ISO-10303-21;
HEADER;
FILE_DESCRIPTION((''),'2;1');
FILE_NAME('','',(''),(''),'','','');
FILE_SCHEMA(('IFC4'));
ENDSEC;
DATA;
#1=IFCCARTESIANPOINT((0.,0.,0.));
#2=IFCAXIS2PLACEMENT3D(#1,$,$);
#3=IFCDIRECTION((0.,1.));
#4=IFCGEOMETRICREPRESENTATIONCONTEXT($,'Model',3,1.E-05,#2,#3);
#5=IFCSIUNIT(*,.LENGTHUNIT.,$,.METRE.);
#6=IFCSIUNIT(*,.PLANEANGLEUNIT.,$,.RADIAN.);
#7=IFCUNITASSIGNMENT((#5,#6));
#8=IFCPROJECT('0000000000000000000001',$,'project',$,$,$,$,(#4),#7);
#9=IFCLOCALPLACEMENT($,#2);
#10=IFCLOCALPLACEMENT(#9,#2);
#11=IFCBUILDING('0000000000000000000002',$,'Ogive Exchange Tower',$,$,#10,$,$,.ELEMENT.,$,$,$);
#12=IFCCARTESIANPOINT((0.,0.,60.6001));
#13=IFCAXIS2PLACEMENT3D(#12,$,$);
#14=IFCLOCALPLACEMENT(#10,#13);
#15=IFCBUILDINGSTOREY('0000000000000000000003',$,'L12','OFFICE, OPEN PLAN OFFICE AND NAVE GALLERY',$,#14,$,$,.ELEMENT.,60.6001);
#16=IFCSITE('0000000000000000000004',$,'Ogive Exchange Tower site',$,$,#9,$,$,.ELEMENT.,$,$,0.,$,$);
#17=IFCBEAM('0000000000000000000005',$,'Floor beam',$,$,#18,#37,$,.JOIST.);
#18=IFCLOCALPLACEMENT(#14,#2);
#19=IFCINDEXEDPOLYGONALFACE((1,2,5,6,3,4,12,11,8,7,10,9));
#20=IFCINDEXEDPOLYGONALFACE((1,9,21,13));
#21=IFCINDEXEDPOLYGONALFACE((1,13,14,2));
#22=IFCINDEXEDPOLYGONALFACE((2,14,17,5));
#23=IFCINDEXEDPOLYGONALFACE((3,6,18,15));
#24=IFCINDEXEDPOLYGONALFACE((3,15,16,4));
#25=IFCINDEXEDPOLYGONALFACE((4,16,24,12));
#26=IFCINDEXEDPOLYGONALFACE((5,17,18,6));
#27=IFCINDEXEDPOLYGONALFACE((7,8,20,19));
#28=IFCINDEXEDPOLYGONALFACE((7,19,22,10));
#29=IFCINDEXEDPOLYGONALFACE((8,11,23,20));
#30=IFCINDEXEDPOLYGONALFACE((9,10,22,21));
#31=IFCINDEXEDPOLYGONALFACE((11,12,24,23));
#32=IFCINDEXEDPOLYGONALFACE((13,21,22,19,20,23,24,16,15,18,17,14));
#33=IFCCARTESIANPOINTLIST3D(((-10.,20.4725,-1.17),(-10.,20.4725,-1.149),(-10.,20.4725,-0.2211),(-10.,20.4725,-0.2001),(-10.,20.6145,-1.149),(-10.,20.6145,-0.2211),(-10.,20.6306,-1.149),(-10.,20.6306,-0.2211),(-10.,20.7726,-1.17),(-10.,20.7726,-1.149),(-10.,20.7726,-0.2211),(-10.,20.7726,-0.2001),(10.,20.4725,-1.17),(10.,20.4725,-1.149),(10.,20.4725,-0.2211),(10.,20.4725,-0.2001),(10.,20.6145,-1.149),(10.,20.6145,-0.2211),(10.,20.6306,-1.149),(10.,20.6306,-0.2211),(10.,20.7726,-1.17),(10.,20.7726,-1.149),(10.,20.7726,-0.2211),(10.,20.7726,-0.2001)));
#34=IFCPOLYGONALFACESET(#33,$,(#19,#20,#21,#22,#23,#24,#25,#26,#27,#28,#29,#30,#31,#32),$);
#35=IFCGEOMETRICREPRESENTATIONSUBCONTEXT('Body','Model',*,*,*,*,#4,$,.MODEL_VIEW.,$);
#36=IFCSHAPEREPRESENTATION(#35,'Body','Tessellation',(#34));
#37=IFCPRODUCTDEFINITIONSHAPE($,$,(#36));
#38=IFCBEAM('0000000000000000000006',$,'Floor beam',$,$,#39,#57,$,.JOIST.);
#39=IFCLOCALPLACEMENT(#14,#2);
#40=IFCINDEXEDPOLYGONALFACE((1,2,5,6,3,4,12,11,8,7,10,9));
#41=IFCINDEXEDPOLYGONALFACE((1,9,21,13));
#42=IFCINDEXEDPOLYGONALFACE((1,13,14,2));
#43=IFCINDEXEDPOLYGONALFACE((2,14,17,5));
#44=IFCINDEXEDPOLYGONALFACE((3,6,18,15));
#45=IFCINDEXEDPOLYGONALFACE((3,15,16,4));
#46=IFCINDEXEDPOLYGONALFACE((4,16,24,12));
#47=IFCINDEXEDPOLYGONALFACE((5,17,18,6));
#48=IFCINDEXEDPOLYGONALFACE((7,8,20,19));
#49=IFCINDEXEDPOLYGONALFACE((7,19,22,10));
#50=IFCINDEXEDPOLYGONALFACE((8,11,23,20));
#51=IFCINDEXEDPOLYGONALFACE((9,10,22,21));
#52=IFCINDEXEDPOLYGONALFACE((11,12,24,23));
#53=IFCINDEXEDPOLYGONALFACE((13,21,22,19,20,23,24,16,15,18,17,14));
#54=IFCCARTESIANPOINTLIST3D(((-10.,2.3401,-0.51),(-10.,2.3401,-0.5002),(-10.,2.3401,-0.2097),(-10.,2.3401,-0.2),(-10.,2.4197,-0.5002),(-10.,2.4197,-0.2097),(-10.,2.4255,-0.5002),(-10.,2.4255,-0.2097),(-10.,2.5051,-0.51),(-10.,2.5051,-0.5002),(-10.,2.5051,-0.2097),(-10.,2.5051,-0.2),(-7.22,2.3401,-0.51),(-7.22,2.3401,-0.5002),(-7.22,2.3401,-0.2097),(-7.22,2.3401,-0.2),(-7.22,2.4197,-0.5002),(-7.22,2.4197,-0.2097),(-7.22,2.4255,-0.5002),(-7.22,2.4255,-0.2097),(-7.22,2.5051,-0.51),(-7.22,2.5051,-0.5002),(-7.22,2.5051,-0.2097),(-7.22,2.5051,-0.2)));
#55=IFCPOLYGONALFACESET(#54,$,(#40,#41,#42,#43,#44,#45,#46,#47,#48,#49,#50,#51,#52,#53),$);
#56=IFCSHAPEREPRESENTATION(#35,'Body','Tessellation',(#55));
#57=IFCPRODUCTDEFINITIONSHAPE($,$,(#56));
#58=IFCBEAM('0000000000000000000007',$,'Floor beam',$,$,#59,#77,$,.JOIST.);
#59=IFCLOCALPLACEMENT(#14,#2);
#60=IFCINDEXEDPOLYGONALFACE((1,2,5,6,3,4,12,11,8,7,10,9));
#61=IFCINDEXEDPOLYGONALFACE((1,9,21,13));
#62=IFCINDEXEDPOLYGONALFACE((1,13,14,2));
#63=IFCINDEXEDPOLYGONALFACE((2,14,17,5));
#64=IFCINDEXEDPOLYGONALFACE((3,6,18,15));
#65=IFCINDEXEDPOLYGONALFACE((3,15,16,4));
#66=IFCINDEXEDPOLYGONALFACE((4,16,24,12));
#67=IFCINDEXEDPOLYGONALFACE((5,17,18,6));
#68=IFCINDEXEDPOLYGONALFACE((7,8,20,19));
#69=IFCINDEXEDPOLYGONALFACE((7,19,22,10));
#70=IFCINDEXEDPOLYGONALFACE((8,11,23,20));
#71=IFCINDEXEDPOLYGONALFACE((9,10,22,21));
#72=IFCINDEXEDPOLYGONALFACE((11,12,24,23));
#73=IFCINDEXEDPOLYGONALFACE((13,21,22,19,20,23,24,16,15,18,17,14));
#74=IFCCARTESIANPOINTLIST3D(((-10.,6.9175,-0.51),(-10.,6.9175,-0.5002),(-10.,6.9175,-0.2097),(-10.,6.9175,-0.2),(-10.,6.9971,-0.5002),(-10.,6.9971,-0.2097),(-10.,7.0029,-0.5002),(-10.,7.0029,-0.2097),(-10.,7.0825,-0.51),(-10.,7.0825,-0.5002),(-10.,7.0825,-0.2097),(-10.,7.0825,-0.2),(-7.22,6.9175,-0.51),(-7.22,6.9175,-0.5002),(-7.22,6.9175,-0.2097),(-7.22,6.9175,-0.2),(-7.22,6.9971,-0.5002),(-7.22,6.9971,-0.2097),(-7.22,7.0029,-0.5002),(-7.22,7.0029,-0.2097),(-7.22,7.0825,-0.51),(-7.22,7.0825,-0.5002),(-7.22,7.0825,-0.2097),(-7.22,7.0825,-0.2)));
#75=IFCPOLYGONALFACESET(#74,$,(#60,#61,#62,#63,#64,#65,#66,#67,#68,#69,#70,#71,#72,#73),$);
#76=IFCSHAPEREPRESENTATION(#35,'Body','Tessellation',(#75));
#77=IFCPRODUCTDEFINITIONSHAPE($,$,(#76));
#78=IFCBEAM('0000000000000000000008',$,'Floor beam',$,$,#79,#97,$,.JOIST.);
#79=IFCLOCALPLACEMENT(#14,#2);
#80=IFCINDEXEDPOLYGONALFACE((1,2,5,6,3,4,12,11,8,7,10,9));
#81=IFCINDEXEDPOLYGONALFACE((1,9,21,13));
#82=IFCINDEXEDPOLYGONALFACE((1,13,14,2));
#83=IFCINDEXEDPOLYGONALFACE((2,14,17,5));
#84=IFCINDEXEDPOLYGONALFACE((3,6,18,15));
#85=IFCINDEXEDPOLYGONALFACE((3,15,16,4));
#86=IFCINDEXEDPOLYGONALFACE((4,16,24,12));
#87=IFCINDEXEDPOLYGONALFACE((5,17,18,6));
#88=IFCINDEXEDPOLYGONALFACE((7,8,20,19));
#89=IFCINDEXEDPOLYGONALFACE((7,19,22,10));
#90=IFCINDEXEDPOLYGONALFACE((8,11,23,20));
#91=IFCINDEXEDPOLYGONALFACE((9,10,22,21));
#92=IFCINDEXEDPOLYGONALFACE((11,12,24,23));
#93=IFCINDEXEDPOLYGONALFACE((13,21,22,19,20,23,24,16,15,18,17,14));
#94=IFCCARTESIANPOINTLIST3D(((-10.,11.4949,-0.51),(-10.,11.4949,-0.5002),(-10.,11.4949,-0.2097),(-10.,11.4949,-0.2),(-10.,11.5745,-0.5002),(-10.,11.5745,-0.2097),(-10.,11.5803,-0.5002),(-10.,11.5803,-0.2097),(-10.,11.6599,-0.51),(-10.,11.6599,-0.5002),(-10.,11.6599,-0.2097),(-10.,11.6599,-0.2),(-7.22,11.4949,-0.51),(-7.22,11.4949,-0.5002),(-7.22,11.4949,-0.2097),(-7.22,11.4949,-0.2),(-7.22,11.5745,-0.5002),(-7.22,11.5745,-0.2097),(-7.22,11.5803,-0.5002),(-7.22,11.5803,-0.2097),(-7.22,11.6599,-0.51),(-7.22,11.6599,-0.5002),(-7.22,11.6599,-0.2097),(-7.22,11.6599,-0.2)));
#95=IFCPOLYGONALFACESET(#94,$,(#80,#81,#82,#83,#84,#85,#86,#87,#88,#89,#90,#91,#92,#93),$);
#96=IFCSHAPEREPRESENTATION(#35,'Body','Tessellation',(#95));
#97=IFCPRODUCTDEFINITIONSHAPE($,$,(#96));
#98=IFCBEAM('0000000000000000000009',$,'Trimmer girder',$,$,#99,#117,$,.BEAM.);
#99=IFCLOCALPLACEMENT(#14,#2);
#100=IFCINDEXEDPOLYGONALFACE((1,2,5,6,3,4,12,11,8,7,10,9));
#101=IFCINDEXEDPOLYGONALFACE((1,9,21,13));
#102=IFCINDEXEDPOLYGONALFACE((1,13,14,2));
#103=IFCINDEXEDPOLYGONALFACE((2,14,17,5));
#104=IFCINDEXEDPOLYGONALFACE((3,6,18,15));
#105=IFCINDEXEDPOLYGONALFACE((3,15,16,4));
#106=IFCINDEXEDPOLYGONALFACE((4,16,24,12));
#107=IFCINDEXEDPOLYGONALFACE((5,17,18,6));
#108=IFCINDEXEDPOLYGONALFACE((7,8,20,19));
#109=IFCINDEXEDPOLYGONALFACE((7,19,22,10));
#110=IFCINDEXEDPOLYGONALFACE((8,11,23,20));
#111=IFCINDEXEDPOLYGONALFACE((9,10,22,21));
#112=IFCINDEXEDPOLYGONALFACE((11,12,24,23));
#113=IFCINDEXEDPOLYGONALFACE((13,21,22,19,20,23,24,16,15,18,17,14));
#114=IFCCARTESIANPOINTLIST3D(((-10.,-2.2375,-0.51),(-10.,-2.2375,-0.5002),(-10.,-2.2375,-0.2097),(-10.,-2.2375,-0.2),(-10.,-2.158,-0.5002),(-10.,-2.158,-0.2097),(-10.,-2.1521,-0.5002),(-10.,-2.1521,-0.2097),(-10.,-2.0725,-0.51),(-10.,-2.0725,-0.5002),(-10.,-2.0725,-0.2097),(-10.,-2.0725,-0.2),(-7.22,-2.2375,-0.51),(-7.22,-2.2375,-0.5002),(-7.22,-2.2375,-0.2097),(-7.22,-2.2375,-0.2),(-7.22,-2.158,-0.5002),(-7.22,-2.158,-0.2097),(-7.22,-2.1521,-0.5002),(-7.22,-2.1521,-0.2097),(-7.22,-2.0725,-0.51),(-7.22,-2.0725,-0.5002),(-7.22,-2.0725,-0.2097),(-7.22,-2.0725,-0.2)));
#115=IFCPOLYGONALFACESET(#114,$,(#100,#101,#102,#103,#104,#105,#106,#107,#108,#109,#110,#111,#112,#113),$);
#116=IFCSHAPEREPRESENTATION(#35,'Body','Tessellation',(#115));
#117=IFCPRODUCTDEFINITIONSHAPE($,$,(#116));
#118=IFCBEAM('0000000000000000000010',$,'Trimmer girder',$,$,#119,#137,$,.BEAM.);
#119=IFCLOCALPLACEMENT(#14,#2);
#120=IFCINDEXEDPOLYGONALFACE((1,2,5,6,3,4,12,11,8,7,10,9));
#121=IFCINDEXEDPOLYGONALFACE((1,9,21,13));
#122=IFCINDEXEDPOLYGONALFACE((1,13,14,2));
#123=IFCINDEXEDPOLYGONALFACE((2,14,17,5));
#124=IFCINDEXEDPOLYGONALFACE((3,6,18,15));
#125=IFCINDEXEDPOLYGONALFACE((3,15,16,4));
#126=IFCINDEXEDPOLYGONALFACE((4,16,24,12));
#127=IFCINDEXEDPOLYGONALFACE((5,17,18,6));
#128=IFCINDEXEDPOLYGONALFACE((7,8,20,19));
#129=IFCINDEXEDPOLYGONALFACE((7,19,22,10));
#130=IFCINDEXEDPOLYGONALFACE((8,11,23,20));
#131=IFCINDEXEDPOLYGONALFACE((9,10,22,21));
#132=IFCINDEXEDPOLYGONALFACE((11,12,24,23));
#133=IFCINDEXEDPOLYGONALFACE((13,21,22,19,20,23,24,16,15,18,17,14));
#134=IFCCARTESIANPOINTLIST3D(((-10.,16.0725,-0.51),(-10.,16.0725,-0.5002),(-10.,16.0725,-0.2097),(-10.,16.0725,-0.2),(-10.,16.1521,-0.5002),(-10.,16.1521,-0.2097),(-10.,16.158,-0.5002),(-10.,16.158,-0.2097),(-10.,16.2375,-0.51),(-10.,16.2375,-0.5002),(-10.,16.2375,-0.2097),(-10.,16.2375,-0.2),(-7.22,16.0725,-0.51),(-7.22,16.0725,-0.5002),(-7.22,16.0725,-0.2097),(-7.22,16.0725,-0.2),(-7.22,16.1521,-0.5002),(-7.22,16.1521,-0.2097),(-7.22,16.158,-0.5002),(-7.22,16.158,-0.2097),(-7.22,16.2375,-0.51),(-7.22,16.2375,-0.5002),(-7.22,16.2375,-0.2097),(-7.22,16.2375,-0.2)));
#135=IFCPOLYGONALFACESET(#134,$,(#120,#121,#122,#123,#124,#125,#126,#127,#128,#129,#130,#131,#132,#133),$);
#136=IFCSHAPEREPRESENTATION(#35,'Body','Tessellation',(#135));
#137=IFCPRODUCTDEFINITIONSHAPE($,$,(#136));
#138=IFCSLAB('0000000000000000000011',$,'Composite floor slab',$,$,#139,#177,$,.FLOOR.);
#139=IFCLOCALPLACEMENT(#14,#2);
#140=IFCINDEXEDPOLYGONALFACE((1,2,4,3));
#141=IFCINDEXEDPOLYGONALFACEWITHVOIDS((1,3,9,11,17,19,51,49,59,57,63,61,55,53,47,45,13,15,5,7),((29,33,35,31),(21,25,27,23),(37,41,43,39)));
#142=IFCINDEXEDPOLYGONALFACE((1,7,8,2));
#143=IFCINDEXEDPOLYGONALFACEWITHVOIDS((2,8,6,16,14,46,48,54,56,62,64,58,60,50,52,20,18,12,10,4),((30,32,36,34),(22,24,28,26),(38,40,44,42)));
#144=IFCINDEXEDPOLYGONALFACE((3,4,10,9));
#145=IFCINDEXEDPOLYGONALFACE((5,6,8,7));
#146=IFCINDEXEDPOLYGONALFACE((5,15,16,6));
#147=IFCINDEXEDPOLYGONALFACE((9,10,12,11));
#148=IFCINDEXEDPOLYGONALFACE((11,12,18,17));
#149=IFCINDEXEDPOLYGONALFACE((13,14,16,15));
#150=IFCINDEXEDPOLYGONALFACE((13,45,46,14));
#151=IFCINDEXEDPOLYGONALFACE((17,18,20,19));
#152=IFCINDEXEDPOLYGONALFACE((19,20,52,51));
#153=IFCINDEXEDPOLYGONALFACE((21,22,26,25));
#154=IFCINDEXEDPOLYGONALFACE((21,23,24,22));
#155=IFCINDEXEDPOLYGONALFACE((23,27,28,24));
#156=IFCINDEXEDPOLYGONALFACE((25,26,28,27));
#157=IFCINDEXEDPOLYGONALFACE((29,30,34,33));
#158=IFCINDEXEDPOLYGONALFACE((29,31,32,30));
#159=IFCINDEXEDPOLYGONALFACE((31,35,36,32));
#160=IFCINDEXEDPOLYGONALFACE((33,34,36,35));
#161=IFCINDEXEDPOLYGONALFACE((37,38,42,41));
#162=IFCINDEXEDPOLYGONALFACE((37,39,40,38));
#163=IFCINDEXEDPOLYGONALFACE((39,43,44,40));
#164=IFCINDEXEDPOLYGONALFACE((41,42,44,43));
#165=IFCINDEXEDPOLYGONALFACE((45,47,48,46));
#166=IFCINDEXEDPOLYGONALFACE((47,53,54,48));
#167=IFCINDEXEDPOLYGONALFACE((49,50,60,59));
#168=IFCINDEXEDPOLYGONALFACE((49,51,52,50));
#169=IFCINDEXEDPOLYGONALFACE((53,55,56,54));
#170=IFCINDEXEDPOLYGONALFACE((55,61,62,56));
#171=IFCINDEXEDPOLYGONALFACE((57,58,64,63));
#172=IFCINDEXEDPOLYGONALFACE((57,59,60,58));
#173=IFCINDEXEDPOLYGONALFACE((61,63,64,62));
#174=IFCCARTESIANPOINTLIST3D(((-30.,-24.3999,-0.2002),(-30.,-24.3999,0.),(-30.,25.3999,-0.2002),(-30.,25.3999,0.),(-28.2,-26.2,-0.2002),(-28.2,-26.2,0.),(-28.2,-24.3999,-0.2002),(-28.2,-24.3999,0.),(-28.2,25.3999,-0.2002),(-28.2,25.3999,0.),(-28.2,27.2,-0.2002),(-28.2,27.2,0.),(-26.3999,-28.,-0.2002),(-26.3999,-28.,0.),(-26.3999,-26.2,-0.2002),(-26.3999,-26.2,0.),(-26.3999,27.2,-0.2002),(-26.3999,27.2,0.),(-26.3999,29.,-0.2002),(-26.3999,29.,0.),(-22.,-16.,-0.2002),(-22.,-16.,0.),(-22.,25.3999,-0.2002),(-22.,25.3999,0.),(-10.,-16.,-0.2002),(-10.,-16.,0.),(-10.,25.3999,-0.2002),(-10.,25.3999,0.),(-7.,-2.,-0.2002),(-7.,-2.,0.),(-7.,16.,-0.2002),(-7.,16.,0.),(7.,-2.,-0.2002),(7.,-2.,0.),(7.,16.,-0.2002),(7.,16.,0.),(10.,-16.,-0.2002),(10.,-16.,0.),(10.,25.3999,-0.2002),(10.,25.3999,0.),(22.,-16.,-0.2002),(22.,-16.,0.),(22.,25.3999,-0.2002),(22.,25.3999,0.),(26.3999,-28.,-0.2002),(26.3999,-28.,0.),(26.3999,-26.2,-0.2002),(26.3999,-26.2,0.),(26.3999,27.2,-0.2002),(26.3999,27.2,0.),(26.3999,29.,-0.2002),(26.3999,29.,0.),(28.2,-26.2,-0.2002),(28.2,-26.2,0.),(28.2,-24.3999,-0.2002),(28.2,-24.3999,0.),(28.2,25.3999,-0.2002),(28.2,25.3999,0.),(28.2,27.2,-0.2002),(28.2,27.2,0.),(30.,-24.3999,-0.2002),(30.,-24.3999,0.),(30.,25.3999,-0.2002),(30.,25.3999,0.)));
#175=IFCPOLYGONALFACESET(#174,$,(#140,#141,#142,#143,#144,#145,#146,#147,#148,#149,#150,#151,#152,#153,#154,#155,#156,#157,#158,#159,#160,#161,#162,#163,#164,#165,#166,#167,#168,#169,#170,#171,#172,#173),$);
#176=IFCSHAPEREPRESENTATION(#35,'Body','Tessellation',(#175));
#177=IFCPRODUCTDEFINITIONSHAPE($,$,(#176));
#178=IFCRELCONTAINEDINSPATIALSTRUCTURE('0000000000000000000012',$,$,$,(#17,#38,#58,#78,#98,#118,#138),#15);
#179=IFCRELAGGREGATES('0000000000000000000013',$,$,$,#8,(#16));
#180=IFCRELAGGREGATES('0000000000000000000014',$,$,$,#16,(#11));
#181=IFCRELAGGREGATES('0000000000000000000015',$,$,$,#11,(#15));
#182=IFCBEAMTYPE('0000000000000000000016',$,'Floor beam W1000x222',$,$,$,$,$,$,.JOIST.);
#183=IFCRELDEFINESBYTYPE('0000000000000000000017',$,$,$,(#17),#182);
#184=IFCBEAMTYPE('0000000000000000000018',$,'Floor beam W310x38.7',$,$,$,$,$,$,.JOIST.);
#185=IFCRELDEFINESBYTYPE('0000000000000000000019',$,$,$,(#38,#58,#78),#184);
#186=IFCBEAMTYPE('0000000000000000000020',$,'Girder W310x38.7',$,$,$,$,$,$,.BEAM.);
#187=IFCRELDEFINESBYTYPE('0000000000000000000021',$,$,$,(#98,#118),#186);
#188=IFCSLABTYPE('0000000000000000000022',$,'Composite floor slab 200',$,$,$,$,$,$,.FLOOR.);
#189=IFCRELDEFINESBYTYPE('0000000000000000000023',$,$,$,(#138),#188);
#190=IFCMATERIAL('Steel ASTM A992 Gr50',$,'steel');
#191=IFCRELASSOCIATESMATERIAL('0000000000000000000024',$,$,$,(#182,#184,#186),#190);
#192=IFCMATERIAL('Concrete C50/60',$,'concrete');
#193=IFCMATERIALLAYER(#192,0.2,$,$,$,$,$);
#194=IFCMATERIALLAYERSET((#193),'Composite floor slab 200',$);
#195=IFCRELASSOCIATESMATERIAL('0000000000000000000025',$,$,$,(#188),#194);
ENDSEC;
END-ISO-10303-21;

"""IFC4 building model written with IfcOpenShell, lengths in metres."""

from ifc_helpers import new_model, si_unit, direction, frame, origin, origin_2d, place, context, subcontext, project, spatial, polyline, i_section, outline, extrude, material, layer, layer_set, material_profile, profile_set, type_object, element, save


model = new_model("IFC4")

# Units and contexts
model_context = context("Model", 3, precision=1e-05, world=origin(), true_north=direction((0.0, 1.0)))
body_context = subcontext(model_context, "Body", "Model", "MODEL_VIEW")
ifc_project = project(units=[si_unit("LENGTHUNIT", "METRE"), si_unit("PLANEANGLEUNIT", "RADIAN")], contexts=[model_context])

# Site, building, storey
site_placement = place(None, origin())
site = spatial("IfcSite", under=ifc_project, at=site_placement, Name="Ogive Exchange Tower site", CompositionType="ELEMENT", RefElevation=0.0)
building_placement = place(site_placement, origin())
building = spatial("IfcBuilding", under=site, at=building_placement, Name="Ogive Exchange Tower", CompositionType="ELEMENT")
storey_placement = place(building_placement, frame((0.0, 0.0, 60.6001)))
storey = spatial("IfcBuildingStorey", under=building, at=storey_placement, Name="L12", Description="OFFICE, OPEN PLAN OFFICE AND NAVE GALLERY", CompositionType="ELEMENT", Elevation=60.6001)

# Beams
ifc_material_1 = material(Name="Steel ASTM A992 Gr50", Category="steel")
ifc_material_profile_1 = material_profile(ifc_material_1, i_section(OverallWidth=0.3, OverallDepth=0.97, WebThickness=0.0161, FlangeThickness=0.021, at=origin_2d()), Name="W1000x222")
ifc_profile_set_1 = profile_set([ifc_material_profile_1], Name="Steel ASTM A992 Gr50")
beam_type_1 = type_object("IfcBeamType", Name="Floor beam W1000x222", PredefinedType="JOIST", material=ifc_profile_set_1)
beam_placement = place(storey_placement, frame((-10.0, 20.6226, -0.6851), z_axis=(1.0, 0.0, 0.0), x_axis=(0.0, 1.0, 0.0)))
element("IfcBeam", 1, at=beam_placement, inside=storey, type_object=beam_type_1, Name="Floor beam", PredefinedType="JOIST", context=body_context, shape_type="SweptSolid", body=[
    extrude(i_section(OverallWidth=0.3, OverallDepth=0.97, WebThickness=0.0161, FlangeThickness=0.021, at=origin_2d()), origin(), (0.0, 0.0, 1.0), 20.0),
])
ifc_material_profile_2 = material_profile(ifc_material_1, i_section(OverallWidth=0.165, OverallDepth=0.3101, WebThickness=0.0059, FlangeThickness=0.0098, at=origin_2d()), Name="W310x38.7")
ifc_profile_set_2 = profile_set([ifc_material_profile_2], Name="Steel ASTM A992 Gr50")
beam_type_2 = type_object("IfcBeamType", Name="Floor beam W310x38.7", PredefinedType="JOIST", material=ifc_profile_set_2)
for number, where, z_axis, x_axis, name in (
    (2, (-10.0, 2.4226, -0.355), (1.0, 0.0, 0.0), (0.0, 1.0, 0.0), "Floor beam"),
    (3, (-10.0, 7.0, -0.355), (1.0, 0.0, 0.0), (0.0, 1.0, 0.0), "Floor beam"),
    (4, (-10.0, 11.5774, -0.355), (1.0, 0.0, 0.0), (0.0, 1.0, 0.0), "Floor beam"),
):
    element("IfcBeam", number, at=place(storey_placement, frame(where, z_axis=z_axis, x_axis=x_axis)), inside=storey, type_object=beam_type_2, Name=name, PredefinedType="JOIST", context=body_context, shape_type="SweptSolid", body=[
        extrude(i_section(OverallWidth=0.165, OverallDepth=0.3101, WebThickness=0.0059, FlangeThickness=0.0098, at=origin_2d()), origin(), (0.0, 0.0, 1.0), 2.78),
    ])
ifc_material_profile_3 = material_profile(ifc_material_1, i_section(OverallWidth=0.165, OverallDepth=0.3101, WebThickness=0.0059, FlangeThickness=0.0098, at=origin_2d()), Name="W310x38.7")
ifc_profile_set_3 = profile_set([ifc_material_profile_3], Name="Steel ASTM A992 Gr50")
beam_type_3 = type_object("IfcBeamType", Name="Girder W310x38.7", PredefinedType="BEAM", material=ifc_profile_set_3)
for number, where, z_axis, x_axis, name in (
    (5, (-10.0, -2.155, -0.355), (1.0, 0.0, 0.0), (0.0, 1.0, 0.0), "Trimmer girder"),
    (6, (-10.0, 16.155, -0.355), (1.0, 0.0, 0.0), (0.0, 1.0, 0.0), "Trimmer girder"),
):
    element("IfcBeam", number, at=place(storey_placement, frame(where, z_axis=z_axis, x_axis=x_axis)), inside=storey, type_object=beam_type_3, Name=name, PredefinedType="BEAM", context=body_context, shape_type="SweptSolid", body=[
        extrude(i_section(OverallWidth=0.165, OverallDepth=0.3101, WebThickness=0.0059, FlangeThickness=0.0098, at=origin_2d()), origin(), (0.0, 0.0, 1.0), 2.78),
    ])

# Slab
ifc_material_2 = material(Name="Concrete C50/60", Category="concrete")
ifc_layer_1 = layer(ifc_material_2, 0.2)
ifc_layer_set_1 = layer_set([ifc_layer_1], Name="Composite floor slab 200")
slab_type_1 = type_object("IfcSlabType", Name="Composite floor slab 200", PredefinedType="FLOOR", material=ifc_layer_set_1)
slab_1_placement = place(storey_placement, frame((0.0, 0.0, -0.2002)))
element("IfcSlab", 7, at=slab_1_placement, inside=storey, type_object=slab_type_1, Name="Composite floor slab", PredefinedType="FLOOR", context=body_context, shape_type="SweptSolid", body=[
    extrude(outline(polyline([(-26.3999, -26.2), (-28.2, -26.2), (-28.2, -24.3999), (-30.0, -24.3999), (-30.0, 25.3999), (-28.2, 25.3999), (-28.2, 27.2), (-26.3999, 27.2), (-26.3999, 29.0), (26.3999, 29.0), (26.3999, 27.2), (28.2, 27.2), (28.2, 25.3999), (30.0, 25.3999), (30.0, -24.3999), (28.2, -24.3999), (28.2, -26.2), (26.3999, -26.2), (26.3999, -28.0), (-26.3999, -28.0), (-26.3999, -26.2)]), holes=[polyline([(-10.0, -16.0), (-10.0, 25.3999), (-22.0, 25.3999), (-22.0, -16.0), (-10.0, -16.0)]), polyline([(10.0, -16.0), (22.0, -16.0), (22.0, 25.3999), (10.0, 25.3999), (10.0, -16.0)]), polyline([(-7.0, -2.0), (7.0, -2.0), (7.0, 16.0), (-7.0, 16.0), (-7.0, -2.0)])]), origin(), (0.0, 0.0, 1.0), 0.2002),
])

save(model, "model.ifc")
